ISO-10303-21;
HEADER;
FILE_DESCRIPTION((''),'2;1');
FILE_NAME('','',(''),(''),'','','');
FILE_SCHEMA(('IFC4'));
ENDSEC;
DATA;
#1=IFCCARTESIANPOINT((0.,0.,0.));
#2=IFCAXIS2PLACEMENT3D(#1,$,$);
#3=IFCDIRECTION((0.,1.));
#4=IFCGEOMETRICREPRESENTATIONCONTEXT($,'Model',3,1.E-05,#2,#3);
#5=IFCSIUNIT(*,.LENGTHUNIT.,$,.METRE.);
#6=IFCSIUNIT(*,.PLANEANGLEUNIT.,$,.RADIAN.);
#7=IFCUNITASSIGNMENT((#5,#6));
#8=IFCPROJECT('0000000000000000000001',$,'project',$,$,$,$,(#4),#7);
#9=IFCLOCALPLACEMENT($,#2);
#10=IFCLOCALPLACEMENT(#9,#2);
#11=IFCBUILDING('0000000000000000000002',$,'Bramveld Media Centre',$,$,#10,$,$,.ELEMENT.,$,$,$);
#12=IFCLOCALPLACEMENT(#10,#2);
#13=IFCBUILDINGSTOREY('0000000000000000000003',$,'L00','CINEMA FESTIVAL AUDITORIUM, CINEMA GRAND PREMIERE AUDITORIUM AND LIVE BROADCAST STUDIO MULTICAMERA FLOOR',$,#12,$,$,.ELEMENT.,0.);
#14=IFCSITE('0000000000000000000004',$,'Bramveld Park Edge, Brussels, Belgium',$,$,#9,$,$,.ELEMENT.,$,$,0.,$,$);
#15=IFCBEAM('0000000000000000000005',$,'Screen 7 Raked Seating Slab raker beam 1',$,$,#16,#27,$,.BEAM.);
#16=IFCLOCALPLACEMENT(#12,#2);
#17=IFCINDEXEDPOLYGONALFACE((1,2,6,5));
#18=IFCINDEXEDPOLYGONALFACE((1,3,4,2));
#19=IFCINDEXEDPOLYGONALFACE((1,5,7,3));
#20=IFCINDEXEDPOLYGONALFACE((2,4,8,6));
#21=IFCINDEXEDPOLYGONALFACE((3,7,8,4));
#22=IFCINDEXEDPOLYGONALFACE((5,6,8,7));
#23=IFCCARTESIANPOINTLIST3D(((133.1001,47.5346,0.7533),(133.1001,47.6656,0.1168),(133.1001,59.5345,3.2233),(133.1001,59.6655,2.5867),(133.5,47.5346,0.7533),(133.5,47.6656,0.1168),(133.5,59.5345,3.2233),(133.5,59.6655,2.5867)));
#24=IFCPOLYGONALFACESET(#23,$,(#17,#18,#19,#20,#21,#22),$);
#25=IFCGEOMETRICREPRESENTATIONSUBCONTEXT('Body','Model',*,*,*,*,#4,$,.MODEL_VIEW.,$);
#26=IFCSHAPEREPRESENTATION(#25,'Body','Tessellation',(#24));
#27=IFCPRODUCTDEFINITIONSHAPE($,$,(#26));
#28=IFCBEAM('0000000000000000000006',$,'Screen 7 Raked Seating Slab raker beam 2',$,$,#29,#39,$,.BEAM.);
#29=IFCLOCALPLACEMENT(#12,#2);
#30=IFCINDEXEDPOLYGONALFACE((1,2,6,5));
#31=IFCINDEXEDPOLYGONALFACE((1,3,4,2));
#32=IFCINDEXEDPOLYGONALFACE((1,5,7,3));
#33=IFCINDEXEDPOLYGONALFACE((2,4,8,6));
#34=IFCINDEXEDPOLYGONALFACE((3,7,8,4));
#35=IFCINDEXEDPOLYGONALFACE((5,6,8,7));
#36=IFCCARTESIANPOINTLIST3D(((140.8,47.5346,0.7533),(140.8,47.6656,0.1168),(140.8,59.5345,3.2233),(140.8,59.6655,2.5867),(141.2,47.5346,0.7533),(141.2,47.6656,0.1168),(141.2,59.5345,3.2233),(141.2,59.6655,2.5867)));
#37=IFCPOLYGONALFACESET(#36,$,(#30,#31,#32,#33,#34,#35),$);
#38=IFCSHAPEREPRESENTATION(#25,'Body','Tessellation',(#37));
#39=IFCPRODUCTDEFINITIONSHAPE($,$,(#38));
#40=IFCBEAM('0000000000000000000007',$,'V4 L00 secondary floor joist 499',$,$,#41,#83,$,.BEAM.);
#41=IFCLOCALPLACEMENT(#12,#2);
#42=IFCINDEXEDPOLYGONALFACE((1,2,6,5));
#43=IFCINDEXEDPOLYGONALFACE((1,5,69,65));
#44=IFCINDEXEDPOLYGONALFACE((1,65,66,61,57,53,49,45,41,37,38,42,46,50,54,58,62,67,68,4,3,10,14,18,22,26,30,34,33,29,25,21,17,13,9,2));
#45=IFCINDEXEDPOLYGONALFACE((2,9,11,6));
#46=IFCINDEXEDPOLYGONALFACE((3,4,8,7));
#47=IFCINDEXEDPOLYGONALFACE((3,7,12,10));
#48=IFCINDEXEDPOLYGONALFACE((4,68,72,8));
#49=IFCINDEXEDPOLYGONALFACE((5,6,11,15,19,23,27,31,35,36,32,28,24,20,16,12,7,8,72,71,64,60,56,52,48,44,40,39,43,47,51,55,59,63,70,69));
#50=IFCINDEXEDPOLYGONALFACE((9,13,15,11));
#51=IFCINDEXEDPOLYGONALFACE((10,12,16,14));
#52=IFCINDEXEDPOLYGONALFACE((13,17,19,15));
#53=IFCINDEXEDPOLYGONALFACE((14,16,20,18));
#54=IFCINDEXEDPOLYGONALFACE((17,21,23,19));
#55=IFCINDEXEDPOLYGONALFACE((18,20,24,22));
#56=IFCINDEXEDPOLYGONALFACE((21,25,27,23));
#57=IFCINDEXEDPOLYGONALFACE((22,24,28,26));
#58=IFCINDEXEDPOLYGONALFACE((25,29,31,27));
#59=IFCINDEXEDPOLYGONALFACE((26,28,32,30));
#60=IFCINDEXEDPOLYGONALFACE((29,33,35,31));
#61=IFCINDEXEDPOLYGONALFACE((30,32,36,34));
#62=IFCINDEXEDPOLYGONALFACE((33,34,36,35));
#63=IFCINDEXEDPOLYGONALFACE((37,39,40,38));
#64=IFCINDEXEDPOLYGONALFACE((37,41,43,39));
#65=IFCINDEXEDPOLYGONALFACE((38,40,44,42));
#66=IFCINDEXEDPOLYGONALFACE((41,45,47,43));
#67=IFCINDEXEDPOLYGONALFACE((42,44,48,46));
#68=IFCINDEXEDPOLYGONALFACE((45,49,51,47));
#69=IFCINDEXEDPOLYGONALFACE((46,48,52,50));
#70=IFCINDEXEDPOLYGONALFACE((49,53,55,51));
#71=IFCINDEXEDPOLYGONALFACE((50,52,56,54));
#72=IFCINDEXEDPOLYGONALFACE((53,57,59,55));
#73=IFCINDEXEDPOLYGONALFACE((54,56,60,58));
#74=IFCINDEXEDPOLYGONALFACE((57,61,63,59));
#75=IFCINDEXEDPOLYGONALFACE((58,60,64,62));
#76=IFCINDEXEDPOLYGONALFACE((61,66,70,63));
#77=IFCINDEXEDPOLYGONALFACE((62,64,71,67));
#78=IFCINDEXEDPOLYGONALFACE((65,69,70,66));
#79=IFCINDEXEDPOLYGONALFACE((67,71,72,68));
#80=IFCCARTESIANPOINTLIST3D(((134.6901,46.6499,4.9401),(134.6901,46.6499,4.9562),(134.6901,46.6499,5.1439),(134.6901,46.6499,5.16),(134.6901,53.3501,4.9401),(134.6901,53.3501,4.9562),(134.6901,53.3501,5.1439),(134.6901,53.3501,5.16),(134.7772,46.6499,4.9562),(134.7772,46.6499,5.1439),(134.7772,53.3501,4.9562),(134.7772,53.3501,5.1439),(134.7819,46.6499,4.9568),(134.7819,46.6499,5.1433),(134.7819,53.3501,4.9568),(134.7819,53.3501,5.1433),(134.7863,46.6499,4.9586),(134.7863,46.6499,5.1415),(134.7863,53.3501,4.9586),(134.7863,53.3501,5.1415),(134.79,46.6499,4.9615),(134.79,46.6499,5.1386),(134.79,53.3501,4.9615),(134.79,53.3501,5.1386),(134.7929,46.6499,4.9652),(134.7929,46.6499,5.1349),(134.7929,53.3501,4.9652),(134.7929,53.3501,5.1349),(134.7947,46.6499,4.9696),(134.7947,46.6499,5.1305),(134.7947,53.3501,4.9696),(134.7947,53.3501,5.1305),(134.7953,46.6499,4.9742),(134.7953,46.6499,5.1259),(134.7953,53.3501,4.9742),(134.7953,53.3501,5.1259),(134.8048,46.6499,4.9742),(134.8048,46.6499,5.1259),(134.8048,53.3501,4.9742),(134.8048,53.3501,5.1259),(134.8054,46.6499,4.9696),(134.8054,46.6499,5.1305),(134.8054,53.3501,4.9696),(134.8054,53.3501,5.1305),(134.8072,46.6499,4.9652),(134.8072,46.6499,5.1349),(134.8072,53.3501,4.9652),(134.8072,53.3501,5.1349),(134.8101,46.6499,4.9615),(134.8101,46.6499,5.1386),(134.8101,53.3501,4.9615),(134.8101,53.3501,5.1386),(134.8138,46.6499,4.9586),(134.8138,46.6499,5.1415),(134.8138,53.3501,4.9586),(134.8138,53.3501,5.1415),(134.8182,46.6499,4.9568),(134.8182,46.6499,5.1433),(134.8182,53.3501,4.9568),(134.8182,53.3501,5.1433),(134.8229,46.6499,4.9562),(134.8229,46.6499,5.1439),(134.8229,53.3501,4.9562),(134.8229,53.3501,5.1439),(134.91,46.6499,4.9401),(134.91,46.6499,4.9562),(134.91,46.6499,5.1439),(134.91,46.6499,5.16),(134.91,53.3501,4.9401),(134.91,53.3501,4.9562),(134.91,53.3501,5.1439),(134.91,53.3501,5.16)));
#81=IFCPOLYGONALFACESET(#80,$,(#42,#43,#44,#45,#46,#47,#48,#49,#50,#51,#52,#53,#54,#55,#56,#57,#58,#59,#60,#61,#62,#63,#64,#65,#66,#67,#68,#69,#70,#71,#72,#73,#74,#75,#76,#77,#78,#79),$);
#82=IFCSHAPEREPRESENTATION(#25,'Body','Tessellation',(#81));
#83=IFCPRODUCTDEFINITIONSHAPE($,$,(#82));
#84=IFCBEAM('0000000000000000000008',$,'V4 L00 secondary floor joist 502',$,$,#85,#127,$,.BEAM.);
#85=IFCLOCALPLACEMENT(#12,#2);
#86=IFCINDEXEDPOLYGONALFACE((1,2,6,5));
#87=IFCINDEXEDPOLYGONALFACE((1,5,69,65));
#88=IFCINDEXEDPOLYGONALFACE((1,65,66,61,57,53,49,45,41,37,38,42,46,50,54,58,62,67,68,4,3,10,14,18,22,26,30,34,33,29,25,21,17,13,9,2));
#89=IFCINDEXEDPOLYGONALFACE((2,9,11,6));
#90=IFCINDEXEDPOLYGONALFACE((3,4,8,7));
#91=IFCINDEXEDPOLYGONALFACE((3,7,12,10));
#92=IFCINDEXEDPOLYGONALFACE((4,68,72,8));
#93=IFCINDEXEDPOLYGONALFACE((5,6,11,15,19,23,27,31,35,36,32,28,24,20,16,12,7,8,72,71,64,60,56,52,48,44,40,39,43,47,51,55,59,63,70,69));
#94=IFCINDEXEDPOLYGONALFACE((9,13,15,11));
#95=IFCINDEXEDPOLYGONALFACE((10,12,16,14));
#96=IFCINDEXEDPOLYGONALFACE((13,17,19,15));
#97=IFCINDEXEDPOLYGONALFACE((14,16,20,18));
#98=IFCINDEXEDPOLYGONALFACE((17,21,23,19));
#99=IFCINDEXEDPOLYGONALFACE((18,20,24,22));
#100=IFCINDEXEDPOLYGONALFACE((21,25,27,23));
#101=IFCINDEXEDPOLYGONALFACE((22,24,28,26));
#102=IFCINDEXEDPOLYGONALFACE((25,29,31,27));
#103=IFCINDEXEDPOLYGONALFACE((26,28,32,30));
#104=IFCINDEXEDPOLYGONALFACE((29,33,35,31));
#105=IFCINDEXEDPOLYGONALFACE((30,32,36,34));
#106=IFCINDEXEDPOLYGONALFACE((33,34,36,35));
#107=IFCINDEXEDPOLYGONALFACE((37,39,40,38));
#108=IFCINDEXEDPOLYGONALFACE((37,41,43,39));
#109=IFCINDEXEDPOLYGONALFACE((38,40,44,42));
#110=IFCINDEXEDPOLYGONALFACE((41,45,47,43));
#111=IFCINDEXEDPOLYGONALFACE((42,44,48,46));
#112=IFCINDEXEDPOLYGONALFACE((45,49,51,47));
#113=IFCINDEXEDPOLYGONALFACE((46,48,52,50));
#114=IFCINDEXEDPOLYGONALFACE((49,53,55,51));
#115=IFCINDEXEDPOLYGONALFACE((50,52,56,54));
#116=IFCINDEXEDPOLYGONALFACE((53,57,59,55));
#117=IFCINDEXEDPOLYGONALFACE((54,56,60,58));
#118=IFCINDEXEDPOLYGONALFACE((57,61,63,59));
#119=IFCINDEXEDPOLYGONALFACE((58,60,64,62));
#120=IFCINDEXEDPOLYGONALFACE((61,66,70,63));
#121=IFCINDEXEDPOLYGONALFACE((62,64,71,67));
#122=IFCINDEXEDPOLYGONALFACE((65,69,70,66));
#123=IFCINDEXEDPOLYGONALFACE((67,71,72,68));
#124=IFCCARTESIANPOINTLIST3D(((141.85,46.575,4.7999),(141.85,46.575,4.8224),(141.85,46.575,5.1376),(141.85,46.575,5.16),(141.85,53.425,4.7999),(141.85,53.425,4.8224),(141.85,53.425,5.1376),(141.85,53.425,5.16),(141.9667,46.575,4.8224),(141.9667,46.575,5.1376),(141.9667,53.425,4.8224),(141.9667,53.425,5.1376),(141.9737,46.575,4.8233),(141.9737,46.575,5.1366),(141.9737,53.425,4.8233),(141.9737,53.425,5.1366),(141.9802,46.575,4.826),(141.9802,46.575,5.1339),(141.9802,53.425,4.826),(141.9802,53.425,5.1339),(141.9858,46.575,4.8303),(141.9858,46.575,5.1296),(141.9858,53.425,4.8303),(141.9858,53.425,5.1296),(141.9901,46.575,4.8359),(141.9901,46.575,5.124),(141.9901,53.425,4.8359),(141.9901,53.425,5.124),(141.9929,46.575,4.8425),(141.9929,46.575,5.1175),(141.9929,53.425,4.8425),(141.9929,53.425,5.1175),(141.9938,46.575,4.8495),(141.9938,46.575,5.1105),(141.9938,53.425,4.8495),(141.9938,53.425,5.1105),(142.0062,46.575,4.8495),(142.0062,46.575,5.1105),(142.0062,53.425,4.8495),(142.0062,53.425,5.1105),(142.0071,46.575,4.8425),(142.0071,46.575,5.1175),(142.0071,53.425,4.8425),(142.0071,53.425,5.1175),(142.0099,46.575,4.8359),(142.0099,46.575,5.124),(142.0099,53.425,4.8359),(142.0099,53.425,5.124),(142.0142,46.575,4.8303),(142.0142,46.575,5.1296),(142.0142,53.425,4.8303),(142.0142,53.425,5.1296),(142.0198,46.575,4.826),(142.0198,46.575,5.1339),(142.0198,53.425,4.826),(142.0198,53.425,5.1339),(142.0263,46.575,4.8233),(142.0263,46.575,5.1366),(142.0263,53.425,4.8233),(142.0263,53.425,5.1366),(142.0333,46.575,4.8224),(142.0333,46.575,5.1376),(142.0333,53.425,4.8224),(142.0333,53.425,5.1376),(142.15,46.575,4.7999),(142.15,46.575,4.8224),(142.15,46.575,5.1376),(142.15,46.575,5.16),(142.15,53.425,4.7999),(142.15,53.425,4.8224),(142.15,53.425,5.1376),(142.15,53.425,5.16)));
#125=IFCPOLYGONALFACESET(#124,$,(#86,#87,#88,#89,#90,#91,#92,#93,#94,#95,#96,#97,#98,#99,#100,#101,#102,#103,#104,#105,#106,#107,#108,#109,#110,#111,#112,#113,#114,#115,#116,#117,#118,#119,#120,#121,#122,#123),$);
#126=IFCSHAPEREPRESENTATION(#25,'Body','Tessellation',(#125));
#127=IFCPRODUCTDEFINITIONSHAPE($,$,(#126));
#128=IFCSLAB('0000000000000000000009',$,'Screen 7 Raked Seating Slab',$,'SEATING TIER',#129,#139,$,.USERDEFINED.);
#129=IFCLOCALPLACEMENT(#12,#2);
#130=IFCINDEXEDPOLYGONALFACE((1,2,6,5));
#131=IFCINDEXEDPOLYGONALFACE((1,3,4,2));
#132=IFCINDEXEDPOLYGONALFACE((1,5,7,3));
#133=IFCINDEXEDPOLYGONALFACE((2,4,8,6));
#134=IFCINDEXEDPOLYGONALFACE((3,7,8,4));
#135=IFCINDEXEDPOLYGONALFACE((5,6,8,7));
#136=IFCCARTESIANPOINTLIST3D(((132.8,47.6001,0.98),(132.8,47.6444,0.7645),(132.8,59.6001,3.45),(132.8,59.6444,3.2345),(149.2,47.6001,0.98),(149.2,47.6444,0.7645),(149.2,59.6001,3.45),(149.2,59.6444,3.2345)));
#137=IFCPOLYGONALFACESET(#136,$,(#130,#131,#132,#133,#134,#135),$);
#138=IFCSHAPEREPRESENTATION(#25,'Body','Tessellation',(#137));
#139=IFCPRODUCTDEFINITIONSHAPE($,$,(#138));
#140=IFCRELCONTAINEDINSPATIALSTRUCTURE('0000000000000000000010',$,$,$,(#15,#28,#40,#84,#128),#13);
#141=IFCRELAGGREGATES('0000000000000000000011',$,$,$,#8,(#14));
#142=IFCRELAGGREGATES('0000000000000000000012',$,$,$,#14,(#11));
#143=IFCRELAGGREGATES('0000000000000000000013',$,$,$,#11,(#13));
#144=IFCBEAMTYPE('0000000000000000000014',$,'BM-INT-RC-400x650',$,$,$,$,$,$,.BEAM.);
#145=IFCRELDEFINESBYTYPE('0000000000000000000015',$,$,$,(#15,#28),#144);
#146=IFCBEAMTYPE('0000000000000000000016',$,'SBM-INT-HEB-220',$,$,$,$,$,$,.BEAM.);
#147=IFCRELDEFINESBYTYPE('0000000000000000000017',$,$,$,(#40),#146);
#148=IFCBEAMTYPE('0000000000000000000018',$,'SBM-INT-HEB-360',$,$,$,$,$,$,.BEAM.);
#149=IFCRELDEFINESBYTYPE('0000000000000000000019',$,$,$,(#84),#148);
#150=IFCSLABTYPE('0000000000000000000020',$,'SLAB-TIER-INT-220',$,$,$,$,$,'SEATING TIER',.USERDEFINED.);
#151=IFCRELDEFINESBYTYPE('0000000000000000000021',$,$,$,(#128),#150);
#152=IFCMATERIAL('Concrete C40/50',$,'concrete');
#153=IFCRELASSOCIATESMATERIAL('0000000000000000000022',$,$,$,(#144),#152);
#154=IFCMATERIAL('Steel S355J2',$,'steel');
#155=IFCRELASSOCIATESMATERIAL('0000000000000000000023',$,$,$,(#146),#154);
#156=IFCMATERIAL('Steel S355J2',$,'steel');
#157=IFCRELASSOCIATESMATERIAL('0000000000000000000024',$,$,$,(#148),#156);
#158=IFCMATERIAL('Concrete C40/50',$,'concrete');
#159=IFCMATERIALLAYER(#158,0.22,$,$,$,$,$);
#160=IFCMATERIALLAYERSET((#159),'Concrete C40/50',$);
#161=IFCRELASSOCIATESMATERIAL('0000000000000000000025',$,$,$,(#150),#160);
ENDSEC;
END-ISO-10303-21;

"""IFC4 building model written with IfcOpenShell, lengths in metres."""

from ifc_helpers import new_model, si_unit, direction, frame, origin, origin_2d, place, context, subcontext, project, spatial, polyline, rectangle, i_section, outline, extrude, material, layer, layer_set, material_profile, profile_set, type_object, element, save


model = new_model("IFC4")

# Units and contexts
model_context = context("Model", 3, precision=1e-05, world=origin(), true_north=direction((0.0, 1.0)))
body_context = subcontext(model_context, "Body", "Model", "MODEL_VIEW")
ifc_project = project(units=[si_unit("LENGTHUNIT", "METRE"), si_unit("PLANEANGLEUNIT", "RADIAN")], contexts=[model_context])

# Site, building, storey
site_placement = place(None, origin())
site = spatial("IfcSite", under=ifc_project, at=site_placement, Name="Bramveld Park Edge, Brussels, Belgium", CompositionType="ELEMENT", RefElevation=0.0)
building_placement = place(site_placement, origin())
building = spatial("IfcBuilding", under=site, at=building_placement, Name="Bramveld Media Centre", CompositionType="ELEMENT")
storey_placement = place(building_placement, origin())
storey = spatial("IfcBuildingStorey", under=building, at=storey_placement, Name="L00", Description="CINEMA FESTIVAL AUDITORIUM, CINEMA GRAND PREMIERE AUDITORIUM AND LIVE BROADCAST STUDIO MULTICAMERA FLOOR", CompositionType="ELEMENT", Elevation=0.0)

# Beams
ifc_material_1 = material(Name="Concrete C40/50", Category="concrete")
ifc_material_profile_1 = material_profile(ifc_material_1, rectangle(XDim=0.3999, YDim=0.6499, at=origin_2d()), Name="RC 400x650")
ifc_profile_set_1 = profile_set([ifc_material_profile_1], Name="Concrete C40/50")
beam_type_1 = type_object("IfcBeamType", Name="BM-INT-RC-400x650", PredefinedType="BEAM", material=ifc_profile_set_1)
for number, where, z_axis, x_axis, name in (
    (1, (133.3, 47.6001, 0.4351), (0.0, 0.979467, 0.201605), (-1.0, 0.0, 0.0), "Screen 7 Raked Seating Slab raker beam 1"),
    (2, (141.0, 47.6001, 0.4351), (0.0, 0.979467, 0.201605), (-1.0, 0.0, 0.0), "Screen 7 Raked Seating Slab raker beam 2"),
):
    element("IfcBeam", number, at=place(storey_placement, frame(where, z_axis=z_axis, x_axis=x_axis)), inside=storey, type_object=beam_type_1, Name=name, PredefinedType="BEAM", context=body_context, shape_type="SweptSolid", body=[
        extrude(rectangle(XDim=0.3999, YDim=0.6499, at=origin_2d()), origin(), (0.0, 0.0, 1.0), 12.2515),
    ])
ifc_material_2 = material(Name="Steel S355J2", Category="steel")
ifc_material_profile_2 = material_profile(ifc_material_2, i_section(OverallWidth=0.22, OverallDepth=0.22, WebThickness=0.0095, FlangeThickness=0.0161, FilletRadius=0.0181, at=origin_2d()), Name="HEB 220")
ifc_profile_set_2 = profile_set([ifc_material_profile_2], Name="Steel S355J2")
beam_type_2 = type_object("IfcBeamType", Name="SBM-INT-HEB-220", PredefinedType="BEAM", material=ifc_profile_set_2)
beam_1_placement = place(storey_placement, frame((134.8, 46.6499, 5.05), z_axis=(0.0, 1.0, 0.0), x_axis=(-1.0, 0.0, 0.0)))
element("IfcBeam", 3, at=beam_1_placement, inside=storey, type_object=beam_type_2, Name="V4 L00 secondary floor joist 499", PredefinedType="BEAM", context=body_context, shape_type="SweptSolid", body=[
    extrude(i_section(OverallWidth=0.22, OverallDepth=0.22, WebThickness=0.0095, FlangeThickness=0.0161, FilletRadius=0.0181, at=origin_2d()), origin(), (0.0, 0.0, 1.0), 6.7002),
])
ifc_material_3 = material(Name="Steel S355J2", Category="steel")
ifc_material_profile_3 = material_profile(ifc_material_3, i_section(OverallWidth=0.3, OverallDepth=0.3601, WebThickness=0.0125, FlangeThickness=0.0225, FilletRadius=0.0271, at=origin_2d()), Name="HEB 360")
ifc_profile_set_3 = profile_set([ifc_material_profile_3], Name="Steel S355J2")
beam_type_3 = type_object("IfcBeamType", Name="SBM-INT-HEB-360", PredefinedType="BEAM", material=ifc_profile_set_3)
beam_2_placement = place(storey_placement, frame((142.0, 46.575, 4.98), z_axis=(0.0, 1.0, 0.0), x_axis=(-1.0, 0.0, 0.0)))
element("IfcBeam", 4, at=beam_2_placement, inside=storey, type_object=beam_type_3, Name="V4 L00 secondary floor joist 502", PredefinedType="BEAM", context=body_context, shape_type="SweptSolid", body=[
    extrude(i_section(OverallWidth=0.3, OverallDepth=0.3601, WebThickness=0.0125, FlangeThickness=0.0225, FilletRadius=0.0271, at=origin_2d()), origin(), (0.0, 0.0, 1.0), 6.8501),
])

# Slab
ifc_material_4 = material(Name="Concrete C40/50", Category="concrete")
ifc_layer = layer(ifc_material_4, 0.22)
ifc_layer_set = layer_set([ifc_layer], Name="Concrete C40/50")
slab_type = type_object("IfcSlabType", Name="SLAB-TIER-INT-220", ElementType="SEATING TIER", PredefinedType="USERDEFINED", material=ifc_layer_set)
slab_placement = place(storey_placement, frame((132.8, 47.6001, 0.98), z_axis=(0.0, -0.201605, 0.979467), x_axis=(1.0, 0.0, 0.0)))
element("IfcSlab", 5, at=slab_placement, inside=storey, type_object=slab_type, Name="Screen 7 Raked Seating Slab", ObjectType="SEATING TIER", PredefinedType="USERDEFINED", context=body_context, shape_type="SweptSolid", body=[
    extrude(outline(polyline([(0.0, 0.0), (16.3999, 0.0), (16.3999, 12.2516), (0.0, 12.2516), (0.0, 0.0)])), origin(), (0.0, 0.0, -1.0), 0.22),
])

save(model, "model.ifc")
